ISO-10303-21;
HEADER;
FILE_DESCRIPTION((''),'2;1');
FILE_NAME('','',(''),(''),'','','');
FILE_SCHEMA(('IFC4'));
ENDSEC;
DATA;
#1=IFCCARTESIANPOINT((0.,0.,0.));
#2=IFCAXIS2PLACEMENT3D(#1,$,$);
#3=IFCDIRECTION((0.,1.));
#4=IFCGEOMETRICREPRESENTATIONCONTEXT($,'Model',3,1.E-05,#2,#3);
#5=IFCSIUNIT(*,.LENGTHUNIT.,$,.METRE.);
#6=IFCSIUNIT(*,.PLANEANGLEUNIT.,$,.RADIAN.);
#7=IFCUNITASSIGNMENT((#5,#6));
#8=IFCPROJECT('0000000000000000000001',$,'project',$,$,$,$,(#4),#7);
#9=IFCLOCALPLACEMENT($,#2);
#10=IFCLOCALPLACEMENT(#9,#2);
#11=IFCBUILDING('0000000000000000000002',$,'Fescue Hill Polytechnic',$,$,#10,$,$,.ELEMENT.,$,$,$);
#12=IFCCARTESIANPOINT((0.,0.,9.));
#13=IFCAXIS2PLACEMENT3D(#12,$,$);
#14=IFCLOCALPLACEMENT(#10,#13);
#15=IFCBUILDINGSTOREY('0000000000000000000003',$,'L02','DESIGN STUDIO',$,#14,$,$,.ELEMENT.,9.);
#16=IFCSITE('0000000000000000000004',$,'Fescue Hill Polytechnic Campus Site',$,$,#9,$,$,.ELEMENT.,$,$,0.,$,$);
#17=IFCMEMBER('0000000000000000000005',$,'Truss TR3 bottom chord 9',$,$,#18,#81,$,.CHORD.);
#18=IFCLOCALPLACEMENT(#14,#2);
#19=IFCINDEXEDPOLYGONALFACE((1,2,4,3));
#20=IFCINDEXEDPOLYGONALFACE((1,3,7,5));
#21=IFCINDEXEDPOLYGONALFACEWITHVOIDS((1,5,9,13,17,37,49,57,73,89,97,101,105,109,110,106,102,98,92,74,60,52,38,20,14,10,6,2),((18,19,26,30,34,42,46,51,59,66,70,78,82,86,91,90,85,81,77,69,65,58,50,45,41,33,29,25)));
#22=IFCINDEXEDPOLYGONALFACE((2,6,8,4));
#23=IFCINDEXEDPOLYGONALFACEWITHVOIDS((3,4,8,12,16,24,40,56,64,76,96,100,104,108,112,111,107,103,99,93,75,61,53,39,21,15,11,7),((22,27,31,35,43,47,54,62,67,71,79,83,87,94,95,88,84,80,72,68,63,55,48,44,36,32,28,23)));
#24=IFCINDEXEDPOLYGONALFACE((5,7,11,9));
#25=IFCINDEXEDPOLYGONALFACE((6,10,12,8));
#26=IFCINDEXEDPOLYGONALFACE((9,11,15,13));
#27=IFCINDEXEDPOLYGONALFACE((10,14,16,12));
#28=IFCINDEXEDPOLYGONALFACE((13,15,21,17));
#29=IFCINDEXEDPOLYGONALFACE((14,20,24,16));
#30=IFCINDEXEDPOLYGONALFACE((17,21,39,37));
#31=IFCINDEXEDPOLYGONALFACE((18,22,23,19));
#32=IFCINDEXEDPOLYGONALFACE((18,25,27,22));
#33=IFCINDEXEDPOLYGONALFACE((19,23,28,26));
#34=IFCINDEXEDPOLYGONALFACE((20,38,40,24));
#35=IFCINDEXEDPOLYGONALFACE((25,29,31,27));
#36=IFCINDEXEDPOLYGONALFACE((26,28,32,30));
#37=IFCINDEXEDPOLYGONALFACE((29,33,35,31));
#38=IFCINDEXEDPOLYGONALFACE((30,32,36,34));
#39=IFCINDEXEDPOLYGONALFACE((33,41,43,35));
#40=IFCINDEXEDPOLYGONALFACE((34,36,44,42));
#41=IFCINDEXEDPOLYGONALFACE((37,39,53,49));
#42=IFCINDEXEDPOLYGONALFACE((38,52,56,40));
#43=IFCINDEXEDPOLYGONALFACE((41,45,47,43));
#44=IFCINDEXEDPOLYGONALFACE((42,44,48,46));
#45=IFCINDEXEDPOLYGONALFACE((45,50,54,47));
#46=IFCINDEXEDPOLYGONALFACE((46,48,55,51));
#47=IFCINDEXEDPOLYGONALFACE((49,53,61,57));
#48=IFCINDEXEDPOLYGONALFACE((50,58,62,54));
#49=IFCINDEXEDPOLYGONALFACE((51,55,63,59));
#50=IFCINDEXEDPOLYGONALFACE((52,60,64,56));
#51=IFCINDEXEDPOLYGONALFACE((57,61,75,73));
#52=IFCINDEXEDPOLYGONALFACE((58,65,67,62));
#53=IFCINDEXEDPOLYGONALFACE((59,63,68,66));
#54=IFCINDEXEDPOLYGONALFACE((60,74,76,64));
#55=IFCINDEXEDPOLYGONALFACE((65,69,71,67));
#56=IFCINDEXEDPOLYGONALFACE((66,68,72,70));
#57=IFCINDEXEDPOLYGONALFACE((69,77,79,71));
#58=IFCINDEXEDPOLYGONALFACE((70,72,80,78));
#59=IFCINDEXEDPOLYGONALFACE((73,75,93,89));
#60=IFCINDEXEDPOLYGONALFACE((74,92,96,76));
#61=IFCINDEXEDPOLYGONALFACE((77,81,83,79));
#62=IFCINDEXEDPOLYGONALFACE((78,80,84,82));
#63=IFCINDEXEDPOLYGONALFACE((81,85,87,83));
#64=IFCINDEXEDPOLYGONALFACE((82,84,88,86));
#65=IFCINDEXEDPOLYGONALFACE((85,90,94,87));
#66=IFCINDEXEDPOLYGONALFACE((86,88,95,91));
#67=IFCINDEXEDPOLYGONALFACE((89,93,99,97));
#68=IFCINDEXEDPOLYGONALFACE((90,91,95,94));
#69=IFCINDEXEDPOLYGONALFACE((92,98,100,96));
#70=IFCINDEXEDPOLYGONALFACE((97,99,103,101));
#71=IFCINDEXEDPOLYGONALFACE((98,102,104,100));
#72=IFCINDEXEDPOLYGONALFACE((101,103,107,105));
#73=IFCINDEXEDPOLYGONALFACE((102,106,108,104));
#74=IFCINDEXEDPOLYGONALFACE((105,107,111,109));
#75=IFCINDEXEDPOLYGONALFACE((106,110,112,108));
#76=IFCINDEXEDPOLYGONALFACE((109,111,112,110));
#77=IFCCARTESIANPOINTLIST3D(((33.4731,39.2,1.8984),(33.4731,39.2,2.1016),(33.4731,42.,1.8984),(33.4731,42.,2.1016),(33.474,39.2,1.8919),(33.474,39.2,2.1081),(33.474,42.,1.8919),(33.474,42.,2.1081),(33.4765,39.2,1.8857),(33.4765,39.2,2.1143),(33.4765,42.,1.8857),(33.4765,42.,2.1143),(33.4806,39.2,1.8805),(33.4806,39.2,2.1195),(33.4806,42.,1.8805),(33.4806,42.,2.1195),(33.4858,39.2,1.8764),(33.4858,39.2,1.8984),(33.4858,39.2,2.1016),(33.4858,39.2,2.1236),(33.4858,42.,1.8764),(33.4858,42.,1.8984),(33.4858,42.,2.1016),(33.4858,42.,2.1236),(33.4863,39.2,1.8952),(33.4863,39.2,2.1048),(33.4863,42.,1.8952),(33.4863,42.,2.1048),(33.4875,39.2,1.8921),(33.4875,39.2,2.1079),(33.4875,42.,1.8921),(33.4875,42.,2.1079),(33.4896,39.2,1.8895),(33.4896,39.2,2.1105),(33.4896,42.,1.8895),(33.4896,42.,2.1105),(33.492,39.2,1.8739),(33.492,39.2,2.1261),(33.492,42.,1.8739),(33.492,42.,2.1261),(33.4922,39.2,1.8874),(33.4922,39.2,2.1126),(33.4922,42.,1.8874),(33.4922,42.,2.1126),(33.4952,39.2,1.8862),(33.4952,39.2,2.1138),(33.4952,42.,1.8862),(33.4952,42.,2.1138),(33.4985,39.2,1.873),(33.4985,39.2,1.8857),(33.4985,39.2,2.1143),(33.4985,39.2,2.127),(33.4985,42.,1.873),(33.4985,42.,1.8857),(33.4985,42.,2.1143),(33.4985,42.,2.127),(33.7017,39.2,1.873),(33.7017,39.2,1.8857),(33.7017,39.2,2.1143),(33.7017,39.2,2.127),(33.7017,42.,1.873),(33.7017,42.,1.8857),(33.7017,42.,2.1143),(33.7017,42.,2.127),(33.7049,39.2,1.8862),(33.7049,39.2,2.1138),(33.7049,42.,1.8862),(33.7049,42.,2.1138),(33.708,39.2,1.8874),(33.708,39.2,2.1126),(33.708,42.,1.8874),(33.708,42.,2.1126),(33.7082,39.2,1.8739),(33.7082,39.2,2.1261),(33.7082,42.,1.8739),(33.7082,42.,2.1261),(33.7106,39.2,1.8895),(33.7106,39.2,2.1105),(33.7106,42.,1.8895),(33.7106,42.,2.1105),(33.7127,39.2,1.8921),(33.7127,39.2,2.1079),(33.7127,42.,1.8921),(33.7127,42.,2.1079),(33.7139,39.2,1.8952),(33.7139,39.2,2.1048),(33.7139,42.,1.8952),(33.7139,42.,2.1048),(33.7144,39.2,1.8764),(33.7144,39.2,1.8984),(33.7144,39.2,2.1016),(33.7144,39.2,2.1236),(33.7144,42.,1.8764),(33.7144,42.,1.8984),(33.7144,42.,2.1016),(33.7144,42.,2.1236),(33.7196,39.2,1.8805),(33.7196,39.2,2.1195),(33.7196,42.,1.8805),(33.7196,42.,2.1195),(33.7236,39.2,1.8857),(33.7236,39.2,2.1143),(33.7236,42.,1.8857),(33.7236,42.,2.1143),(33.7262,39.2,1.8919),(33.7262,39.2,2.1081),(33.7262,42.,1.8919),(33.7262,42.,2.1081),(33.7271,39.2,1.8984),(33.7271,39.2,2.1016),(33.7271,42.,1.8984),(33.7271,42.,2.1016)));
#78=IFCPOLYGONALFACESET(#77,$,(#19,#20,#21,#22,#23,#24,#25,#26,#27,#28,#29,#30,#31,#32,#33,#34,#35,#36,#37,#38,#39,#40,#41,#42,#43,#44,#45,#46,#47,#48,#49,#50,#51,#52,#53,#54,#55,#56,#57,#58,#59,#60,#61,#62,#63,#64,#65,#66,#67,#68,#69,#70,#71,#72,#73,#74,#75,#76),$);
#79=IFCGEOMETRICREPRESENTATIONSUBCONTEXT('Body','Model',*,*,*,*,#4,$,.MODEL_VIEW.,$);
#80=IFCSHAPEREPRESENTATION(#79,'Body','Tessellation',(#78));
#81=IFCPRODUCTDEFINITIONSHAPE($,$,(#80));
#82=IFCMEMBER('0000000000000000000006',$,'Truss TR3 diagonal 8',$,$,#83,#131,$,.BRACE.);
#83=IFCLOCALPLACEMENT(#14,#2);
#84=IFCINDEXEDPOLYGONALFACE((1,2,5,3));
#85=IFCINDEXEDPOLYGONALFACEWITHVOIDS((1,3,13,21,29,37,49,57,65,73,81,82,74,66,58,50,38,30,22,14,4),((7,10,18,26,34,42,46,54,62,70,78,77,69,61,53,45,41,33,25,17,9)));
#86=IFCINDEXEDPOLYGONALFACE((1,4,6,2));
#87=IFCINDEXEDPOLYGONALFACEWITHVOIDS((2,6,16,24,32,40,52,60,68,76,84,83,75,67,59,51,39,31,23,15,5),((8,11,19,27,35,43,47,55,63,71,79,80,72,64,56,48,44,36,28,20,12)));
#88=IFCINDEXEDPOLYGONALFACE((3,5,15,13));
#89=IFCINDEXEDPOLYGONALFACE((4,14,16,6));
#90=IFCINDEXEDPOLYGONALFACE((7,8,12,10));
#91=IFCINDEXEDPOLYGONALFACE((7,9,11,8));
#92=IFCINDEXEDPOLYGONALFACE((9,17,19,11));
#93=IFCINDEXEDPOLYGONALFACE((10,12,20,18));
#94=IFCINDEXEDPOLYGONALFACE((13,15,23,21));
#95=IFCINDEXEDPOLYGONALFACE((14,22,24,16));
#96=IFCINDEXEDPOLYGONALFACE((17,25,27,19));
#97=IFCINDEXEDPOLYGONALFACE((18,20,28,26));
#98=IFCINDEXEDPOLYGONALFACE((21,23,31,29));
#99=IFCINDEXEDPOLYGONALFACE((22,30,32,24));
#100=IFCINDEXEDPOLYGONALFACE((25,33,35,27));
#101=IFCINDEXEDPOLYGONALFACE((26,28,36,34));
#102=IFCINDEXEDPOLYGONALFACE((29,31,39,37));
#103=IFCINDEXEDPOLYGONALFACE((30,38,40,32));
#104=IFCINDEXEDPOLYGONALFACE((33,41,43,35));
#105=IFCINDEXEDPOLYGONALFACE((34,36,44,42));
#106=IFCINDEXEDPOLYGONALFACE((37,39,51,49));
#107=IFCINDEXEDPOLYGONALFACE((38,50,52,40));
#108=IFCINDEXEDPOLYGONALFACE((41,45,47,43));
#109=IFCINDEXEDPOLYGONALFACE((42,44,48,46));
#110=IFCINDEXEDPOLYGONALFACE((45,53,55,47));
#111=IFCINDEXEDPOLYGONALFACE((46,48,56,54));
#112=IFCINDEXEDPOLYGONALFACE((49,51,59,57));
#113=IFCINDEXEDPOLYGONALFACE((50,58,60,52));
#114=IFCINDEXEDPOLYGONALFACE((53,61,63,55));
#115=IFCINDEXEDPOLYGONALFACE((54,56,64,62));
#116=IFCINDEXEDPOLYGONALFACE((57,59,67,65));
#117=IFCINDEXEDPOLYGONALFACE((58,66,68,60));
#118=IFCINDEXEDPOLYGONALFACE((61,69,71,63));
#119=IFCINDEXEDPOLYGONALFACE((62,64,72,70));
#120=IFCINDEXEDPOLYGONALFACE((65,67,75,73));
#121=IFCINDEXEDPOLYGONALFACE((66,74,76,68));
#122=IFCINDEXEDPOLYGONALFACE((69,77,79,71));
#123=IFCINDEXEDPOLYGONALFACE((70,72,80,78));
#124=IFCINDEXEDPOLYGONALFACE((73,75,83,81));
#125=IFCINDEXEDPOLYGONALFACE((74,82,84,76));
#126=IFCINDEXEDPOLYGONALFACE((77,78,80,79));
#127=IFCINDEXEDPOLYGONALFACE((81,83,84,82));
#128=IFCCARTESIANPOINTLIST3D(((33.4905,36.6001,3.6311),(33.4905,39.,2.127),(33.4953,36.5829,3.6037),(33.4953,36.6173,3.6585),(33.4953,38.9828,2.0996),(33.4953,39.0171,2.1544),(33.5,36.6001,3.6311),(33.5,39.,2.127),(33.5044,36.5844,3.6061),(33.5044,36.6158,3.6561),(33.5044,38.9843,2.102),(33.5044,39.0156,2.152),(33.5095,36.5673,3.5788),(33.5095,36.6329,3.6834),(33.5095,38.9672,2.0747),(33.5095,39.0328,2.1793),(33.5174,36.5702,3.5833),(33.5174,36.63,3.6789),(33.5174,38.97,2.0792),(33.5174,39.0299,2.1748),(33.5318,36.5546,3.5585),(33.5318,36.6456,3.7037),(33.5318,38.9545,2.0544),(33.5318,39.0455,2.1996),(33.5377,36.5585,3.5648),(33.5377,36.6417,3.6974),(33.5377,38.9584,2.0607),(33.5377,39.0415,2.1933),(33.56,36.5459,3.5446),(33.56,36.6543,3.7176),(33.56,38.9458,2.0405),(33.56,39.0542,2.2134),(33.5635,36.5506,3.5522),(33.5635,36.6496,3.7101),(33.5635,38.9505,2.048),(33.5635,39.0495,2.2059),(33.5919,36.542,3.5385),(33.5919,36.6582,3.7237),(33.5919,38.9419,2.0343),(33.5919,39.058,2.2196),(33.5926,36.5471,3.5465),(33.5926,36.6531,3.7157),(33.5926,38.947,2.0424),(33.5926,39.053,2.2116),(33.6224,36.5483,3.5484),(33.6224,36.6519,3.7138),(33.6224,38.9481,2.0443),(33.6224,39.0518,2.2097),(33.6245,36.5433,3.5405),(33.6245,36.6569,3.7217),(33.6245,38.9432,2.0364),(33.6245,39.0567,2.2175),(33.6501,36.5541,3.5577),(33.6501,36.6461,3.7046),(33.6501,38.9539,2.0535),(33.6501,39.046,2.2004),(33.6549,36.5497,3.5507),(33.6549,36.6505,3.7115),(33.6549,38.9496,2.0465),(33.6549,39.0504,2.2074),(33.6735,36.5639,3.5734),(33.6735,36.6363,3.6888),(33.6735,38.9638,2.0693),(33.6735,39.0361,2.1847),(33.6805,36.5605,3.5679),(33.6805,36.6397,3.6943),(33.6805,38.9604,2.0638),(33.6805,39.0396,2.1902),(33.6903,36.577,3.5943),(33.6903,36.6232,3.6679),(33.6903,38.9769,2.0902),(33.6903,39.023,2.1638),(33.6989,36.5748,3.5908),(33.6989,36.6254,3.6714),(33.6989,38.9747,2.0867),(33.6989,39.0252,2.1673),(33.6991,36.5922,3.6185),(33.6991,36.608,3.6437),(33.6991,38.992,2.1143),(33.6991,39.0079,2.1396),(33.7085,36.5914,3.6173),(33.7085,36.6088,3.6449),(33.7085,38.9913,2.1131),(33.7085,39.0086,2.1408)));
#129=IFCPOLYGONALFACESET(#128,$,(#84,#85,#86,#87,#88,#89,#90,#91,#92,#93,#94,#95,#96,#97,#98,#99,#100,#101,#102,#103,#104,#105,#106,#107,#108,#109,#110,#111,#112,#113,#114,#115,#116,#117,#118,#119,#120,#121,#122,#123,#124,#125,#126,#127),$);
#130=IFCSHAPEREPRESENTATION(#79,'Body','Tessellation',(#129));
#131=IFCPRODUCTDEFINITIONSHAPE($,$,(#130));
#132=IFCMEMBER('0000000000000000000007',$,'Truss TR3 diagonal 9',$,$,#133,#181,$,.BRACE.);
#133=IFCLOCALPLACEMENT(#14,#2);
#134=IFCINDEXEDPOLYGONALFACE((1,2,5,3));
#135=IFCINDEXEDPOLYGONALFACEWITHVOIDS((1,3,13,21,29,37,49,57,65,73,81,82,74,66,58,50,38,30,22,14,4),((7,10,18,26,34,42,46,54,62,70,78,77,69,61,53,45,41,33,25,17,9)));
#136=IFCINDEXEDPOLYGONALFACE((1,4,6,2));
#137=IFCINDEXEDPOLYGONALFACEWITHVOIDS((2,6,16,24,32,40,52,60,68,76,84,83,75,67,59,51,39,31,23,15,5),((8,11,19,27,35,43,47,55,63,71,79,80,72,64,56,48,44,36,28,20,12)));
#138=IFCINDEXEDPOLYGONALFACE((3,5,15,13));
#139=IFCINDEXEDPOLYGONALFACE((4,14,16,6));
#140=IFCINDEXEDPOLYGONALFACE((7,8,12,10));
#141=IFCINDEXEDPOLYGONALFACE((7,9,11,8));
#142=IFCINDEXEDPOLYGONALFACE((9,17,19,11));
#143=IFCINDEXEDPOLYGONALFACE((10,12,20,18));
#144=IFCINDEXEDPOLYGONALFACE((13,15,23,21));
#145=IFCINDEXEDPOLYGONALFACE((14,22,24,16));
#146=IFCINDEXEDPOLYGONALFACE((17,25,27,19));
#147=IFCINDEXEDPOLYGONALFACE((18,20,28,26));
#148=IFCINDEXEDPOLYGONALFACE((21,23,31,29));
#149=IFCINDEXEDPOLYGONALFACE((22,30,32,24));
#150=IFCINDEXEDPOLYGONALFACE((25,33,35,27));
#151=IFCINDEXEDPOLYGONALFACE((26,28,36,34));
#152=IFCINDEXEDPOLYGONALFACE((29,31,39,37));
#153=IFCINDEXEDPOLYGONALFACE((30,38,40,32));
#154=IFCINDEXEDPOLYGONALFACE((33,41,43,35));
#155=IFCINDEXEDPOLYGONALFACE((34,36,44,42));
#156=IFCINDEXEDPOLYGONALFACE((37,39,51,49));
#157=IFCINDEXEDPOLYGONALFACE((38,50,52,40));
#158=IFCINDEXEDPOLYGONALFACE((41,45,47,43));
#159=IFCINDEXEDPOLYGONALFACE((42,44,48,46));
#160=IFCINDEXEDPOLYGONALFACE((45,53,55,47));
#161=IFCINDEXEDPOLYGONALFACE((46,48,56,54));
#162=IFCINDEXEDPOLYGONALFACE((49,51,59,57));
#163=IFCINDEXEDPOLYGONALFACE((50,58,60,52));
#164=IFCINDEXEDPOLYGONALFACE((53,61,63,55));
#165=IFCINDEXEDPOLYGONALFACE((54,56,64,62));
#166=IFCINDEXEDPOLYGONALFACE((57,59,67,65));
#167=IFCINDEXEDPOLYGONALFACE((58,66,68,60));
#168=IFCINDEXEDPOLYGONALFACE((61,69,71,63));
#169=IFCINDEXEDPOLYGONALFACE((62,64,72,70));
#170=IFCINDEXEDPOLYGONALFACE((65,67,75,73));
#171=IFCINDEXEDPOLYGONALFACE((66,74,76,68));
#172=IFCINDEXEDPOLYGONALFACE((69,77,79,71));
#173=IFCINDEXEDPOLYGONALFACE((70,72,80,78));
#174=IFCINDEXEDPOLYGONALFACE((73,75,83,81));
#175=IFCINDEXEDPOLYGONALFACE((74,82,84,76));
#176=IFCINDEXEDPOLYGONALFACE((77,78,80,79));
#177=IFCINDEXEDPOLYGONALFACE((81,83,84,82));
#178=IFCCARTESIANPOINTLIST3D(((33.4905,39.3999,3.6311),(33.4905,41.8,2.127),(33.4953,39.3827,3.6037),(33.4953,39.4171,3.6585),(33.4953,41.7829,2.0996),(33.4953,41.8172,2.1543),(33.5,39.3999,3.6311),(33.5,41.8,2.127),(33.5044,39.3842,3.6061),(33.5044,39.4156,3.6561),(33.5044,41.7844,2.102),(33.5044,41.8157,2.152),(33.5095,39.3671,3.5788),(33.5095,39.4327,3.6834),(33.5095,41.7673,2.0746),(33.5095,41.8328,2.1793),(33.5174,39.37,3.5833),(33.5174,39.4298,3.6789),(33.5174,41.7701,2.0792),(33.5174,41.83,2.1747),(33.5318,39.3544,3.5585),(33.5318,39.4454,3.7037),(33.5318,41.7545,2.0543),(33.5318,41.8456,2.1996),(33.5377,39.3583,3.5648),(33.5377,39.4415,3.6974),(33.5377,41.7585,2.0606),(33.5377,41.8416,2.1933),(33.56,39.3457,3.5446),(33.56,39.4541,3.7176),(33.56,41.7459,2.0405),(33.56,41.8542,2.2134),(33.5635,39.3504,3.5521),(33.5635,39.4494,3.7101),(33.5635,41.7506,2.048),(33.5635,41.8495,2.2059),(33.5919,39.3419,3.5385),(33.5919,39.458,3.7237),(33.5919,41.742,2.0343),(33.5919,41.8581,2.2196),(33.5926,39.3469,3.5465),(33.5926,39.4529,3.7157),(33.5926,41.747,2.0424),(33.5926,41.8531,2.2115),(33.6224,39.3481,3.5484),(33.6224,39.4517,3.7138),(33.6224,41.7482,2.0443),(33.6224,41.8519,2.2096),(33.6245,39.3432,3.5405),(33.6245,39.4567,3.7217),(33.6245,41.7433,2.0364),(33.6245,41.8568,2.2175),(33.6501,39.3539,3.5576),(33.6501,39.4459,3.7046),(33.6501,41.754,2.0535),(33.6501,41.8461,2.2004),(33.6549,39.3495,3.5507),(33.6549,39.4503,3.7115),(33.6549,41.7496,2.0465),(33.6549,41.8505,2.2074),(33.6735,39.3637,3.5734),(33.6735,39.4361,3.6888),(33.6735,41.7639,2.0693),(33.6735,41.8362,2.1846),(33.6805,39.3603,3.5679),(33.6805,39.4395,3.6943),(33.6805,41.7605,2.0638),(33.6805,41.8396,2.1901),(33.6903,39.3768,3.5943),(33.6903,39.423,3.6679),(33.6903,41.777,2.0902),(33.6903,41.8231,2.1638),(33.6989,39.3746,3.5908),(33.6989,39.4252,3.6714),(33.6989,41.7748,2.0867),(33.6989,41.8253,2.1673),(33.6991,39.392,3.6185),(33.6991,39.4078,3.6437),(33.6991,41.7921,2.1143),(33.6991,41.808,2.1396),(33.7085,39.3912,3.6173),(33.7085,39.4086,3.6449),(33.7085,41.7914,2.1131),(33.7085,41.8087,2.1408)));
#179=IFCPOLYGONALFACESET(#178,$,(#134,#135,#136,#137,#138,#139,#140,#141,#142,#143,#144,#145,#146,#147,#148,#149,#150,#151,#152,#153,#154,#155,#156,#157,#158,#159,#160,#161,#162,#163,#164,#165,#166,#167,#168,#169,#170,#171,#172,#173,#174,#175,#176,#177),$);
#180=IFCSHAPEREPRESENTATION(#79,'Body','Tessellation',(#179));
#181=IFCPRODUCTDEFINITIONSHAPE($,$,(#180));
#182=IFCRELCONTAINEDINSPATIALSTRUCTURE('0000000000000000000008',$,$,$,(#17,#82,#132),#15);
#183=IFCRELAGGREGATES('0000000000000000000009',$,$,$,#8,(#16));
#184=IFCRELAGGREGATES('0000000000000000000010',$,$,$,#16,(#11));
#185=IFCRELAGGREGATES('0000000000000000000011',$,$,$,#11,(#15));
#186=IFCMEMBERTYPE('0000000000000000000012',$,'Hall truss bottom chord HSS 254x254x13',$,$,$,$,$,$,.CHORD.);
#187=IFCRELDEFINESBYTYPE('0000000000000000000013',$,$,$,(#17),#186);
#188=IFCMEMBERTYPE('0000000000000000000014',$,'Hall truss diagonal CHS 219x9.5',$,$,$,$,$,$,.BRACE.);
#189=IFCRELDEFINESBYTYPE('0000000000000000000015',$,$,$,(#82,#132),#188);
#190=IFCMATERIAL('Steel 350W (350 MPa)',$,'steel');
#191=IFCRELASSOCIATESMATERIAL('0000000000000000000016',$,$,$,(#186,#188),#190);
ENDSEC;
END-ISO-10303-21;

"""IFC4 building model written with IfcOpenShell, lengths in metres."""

from ifc_helpers import new_model, si_unit, direction, frame, origin, origin_2d, place, context, subcontext, project, spatial, hollow_rectangle, hollow_circle, extrude, material, material_profile, profile_set, type_object, element, save


model = new_model("IFC4")

# Units and contexts
model_context = context("Model", 3, precision=1e-05, world=origin(), true_north=direction((0.0, 1.0)))
body_context = subcontext(model_context, "Body", "Model", "MODEL_VIEW")
ifc_project = project(units=[si_unit("LENGTHUNIT", "METRE"), si_unit("PLANEANGLEUNIT", "RADIAN")], contexts=[model_context])

# Site, building, storey
site_placement = place(None, origin())
site = spatial("IfcSite", under=ifc_project, at=site_placement, Name="Fescue Hill Polytechnic Campus Site", CompositionType="ELEMENT", RefElevation=0.0)
building_placement = place(site_placement, origin())
building = spatial("IfcBuilding", under=site, at=building_placement, Name="Fescue Hill Polytechnic", CompositionType="ELEMENT")
storey_placement = place(building_placement, frame((0.0, 0.0, 9.0)))
storey = spatial("IfcBuildingStorey", under=building, at=storey_placement, Name="L02", Description="DESIGN STUDIO", CompositionType="ELEMENT", Elevation=9.0)

# Members
ifc_material_1 = material(Name="Steel 350W (350 MPa)", Category="steel")
ifc_material_profile_1 = material_profile(ifc_material_1, hollow_rectangle(XDim=0.2539, YDim=0.2539, WallThickness=0.0127, InnerFilletRadius=0.0127, OuterFilletRadius=0.0254, at=origin_2d()), Name="Hall truss bottom chord HSS 254x254x13")
ifc_profile_set_1 = profile_set([ifc_material_profile_1], Name="Steel 350W (350 MPa)")
member_type_1 = type_object("IfcMemberType", Name="Hall truss bottom chord HSS 254x254x13", PredefinedType="CHORD", material=ifc_profile_set_1)
member_1_placement = place(storey_placement, frame((33.6001, 39.2, 2.0), z_axis=(0.0, 1.0, 0.0), x_axis=(-1.0, 0.0, 0.0)))
element("IfcMember", 1, at=member_1_placement, inside=storey, type_object=member_type_1, Name="Truss TR3 bottom chord 9", PredefinedType="CHORD", context=body_context, shape_type="SweptSolid", body=[
    extrude(hollow_rectangle(XDim=0.2539, YDim=0.2539, WallThickness=0.0127, InnerFilletRadius=0.0127, OuterFilletRadius=0.0254, at=origin_2d()), origin(), (0.0, 0.0, 1.0), 2.8),
])
ifc_material_profile_2 = material_profile(ifc_material_1, hollow_circle(Radius=0.1096, WallThickness=0.0095, at=origin_2d()), Name="Hall truss diagonal CHS 219x9.5")
ifc_profile_set_2 = profile_set([ifc_material_profile_2], Name="Steel 350W (350 MPa)")
member_type_2 = type_object("IfcMemberType", Name="Hall truss diagonal CHS 219x9.5", PredefinedType="BRACE", material=ifc_profile_set_2)
member_2_placement = place(storey_placement, frame((33.6001, 36.6001, 3.6311), z_axis=(0.0, 0.847329, -0.531068), x_axis=(-1.0, 0.0, 0.0)))
element("IfcMember", 2, at=member_2_placement, inside=storey, type_object=member_type_2, Name="Truss TR3 diagonal 8", PredefinedType="BRACE", context=body_context, shape_type="SweptSolid", body=[
    extrude(hollow_circle(Radius=0.1096, WallThickness=0.0095, at=origin_2d()), origin(), (0.0, 0.0, 1.0), 2.8323),
])
member_3_placement = place(storey_placement, frame((33.6001, 39.3999, 3.6311), z_axis=(0.0, 0.847354, -0.531029), x_axis=(-1.0, 0.0, 0.0)))
element("IfcMember", 3, at=member_3_placement, inside=storey, type_object=member_type_2, Name="Truss TR3 diagonal 9", PredefinedType="BRACE", context=body_context, shape_type="SweptSolid", body=[
    extrude(hollow_circle(Radius=0.1096, WallThickness=0.0095, at=origin_2d()), origin(), (0.0, 0.0, 1.0), 2.8325),
])

save(model, "model.ifc")
